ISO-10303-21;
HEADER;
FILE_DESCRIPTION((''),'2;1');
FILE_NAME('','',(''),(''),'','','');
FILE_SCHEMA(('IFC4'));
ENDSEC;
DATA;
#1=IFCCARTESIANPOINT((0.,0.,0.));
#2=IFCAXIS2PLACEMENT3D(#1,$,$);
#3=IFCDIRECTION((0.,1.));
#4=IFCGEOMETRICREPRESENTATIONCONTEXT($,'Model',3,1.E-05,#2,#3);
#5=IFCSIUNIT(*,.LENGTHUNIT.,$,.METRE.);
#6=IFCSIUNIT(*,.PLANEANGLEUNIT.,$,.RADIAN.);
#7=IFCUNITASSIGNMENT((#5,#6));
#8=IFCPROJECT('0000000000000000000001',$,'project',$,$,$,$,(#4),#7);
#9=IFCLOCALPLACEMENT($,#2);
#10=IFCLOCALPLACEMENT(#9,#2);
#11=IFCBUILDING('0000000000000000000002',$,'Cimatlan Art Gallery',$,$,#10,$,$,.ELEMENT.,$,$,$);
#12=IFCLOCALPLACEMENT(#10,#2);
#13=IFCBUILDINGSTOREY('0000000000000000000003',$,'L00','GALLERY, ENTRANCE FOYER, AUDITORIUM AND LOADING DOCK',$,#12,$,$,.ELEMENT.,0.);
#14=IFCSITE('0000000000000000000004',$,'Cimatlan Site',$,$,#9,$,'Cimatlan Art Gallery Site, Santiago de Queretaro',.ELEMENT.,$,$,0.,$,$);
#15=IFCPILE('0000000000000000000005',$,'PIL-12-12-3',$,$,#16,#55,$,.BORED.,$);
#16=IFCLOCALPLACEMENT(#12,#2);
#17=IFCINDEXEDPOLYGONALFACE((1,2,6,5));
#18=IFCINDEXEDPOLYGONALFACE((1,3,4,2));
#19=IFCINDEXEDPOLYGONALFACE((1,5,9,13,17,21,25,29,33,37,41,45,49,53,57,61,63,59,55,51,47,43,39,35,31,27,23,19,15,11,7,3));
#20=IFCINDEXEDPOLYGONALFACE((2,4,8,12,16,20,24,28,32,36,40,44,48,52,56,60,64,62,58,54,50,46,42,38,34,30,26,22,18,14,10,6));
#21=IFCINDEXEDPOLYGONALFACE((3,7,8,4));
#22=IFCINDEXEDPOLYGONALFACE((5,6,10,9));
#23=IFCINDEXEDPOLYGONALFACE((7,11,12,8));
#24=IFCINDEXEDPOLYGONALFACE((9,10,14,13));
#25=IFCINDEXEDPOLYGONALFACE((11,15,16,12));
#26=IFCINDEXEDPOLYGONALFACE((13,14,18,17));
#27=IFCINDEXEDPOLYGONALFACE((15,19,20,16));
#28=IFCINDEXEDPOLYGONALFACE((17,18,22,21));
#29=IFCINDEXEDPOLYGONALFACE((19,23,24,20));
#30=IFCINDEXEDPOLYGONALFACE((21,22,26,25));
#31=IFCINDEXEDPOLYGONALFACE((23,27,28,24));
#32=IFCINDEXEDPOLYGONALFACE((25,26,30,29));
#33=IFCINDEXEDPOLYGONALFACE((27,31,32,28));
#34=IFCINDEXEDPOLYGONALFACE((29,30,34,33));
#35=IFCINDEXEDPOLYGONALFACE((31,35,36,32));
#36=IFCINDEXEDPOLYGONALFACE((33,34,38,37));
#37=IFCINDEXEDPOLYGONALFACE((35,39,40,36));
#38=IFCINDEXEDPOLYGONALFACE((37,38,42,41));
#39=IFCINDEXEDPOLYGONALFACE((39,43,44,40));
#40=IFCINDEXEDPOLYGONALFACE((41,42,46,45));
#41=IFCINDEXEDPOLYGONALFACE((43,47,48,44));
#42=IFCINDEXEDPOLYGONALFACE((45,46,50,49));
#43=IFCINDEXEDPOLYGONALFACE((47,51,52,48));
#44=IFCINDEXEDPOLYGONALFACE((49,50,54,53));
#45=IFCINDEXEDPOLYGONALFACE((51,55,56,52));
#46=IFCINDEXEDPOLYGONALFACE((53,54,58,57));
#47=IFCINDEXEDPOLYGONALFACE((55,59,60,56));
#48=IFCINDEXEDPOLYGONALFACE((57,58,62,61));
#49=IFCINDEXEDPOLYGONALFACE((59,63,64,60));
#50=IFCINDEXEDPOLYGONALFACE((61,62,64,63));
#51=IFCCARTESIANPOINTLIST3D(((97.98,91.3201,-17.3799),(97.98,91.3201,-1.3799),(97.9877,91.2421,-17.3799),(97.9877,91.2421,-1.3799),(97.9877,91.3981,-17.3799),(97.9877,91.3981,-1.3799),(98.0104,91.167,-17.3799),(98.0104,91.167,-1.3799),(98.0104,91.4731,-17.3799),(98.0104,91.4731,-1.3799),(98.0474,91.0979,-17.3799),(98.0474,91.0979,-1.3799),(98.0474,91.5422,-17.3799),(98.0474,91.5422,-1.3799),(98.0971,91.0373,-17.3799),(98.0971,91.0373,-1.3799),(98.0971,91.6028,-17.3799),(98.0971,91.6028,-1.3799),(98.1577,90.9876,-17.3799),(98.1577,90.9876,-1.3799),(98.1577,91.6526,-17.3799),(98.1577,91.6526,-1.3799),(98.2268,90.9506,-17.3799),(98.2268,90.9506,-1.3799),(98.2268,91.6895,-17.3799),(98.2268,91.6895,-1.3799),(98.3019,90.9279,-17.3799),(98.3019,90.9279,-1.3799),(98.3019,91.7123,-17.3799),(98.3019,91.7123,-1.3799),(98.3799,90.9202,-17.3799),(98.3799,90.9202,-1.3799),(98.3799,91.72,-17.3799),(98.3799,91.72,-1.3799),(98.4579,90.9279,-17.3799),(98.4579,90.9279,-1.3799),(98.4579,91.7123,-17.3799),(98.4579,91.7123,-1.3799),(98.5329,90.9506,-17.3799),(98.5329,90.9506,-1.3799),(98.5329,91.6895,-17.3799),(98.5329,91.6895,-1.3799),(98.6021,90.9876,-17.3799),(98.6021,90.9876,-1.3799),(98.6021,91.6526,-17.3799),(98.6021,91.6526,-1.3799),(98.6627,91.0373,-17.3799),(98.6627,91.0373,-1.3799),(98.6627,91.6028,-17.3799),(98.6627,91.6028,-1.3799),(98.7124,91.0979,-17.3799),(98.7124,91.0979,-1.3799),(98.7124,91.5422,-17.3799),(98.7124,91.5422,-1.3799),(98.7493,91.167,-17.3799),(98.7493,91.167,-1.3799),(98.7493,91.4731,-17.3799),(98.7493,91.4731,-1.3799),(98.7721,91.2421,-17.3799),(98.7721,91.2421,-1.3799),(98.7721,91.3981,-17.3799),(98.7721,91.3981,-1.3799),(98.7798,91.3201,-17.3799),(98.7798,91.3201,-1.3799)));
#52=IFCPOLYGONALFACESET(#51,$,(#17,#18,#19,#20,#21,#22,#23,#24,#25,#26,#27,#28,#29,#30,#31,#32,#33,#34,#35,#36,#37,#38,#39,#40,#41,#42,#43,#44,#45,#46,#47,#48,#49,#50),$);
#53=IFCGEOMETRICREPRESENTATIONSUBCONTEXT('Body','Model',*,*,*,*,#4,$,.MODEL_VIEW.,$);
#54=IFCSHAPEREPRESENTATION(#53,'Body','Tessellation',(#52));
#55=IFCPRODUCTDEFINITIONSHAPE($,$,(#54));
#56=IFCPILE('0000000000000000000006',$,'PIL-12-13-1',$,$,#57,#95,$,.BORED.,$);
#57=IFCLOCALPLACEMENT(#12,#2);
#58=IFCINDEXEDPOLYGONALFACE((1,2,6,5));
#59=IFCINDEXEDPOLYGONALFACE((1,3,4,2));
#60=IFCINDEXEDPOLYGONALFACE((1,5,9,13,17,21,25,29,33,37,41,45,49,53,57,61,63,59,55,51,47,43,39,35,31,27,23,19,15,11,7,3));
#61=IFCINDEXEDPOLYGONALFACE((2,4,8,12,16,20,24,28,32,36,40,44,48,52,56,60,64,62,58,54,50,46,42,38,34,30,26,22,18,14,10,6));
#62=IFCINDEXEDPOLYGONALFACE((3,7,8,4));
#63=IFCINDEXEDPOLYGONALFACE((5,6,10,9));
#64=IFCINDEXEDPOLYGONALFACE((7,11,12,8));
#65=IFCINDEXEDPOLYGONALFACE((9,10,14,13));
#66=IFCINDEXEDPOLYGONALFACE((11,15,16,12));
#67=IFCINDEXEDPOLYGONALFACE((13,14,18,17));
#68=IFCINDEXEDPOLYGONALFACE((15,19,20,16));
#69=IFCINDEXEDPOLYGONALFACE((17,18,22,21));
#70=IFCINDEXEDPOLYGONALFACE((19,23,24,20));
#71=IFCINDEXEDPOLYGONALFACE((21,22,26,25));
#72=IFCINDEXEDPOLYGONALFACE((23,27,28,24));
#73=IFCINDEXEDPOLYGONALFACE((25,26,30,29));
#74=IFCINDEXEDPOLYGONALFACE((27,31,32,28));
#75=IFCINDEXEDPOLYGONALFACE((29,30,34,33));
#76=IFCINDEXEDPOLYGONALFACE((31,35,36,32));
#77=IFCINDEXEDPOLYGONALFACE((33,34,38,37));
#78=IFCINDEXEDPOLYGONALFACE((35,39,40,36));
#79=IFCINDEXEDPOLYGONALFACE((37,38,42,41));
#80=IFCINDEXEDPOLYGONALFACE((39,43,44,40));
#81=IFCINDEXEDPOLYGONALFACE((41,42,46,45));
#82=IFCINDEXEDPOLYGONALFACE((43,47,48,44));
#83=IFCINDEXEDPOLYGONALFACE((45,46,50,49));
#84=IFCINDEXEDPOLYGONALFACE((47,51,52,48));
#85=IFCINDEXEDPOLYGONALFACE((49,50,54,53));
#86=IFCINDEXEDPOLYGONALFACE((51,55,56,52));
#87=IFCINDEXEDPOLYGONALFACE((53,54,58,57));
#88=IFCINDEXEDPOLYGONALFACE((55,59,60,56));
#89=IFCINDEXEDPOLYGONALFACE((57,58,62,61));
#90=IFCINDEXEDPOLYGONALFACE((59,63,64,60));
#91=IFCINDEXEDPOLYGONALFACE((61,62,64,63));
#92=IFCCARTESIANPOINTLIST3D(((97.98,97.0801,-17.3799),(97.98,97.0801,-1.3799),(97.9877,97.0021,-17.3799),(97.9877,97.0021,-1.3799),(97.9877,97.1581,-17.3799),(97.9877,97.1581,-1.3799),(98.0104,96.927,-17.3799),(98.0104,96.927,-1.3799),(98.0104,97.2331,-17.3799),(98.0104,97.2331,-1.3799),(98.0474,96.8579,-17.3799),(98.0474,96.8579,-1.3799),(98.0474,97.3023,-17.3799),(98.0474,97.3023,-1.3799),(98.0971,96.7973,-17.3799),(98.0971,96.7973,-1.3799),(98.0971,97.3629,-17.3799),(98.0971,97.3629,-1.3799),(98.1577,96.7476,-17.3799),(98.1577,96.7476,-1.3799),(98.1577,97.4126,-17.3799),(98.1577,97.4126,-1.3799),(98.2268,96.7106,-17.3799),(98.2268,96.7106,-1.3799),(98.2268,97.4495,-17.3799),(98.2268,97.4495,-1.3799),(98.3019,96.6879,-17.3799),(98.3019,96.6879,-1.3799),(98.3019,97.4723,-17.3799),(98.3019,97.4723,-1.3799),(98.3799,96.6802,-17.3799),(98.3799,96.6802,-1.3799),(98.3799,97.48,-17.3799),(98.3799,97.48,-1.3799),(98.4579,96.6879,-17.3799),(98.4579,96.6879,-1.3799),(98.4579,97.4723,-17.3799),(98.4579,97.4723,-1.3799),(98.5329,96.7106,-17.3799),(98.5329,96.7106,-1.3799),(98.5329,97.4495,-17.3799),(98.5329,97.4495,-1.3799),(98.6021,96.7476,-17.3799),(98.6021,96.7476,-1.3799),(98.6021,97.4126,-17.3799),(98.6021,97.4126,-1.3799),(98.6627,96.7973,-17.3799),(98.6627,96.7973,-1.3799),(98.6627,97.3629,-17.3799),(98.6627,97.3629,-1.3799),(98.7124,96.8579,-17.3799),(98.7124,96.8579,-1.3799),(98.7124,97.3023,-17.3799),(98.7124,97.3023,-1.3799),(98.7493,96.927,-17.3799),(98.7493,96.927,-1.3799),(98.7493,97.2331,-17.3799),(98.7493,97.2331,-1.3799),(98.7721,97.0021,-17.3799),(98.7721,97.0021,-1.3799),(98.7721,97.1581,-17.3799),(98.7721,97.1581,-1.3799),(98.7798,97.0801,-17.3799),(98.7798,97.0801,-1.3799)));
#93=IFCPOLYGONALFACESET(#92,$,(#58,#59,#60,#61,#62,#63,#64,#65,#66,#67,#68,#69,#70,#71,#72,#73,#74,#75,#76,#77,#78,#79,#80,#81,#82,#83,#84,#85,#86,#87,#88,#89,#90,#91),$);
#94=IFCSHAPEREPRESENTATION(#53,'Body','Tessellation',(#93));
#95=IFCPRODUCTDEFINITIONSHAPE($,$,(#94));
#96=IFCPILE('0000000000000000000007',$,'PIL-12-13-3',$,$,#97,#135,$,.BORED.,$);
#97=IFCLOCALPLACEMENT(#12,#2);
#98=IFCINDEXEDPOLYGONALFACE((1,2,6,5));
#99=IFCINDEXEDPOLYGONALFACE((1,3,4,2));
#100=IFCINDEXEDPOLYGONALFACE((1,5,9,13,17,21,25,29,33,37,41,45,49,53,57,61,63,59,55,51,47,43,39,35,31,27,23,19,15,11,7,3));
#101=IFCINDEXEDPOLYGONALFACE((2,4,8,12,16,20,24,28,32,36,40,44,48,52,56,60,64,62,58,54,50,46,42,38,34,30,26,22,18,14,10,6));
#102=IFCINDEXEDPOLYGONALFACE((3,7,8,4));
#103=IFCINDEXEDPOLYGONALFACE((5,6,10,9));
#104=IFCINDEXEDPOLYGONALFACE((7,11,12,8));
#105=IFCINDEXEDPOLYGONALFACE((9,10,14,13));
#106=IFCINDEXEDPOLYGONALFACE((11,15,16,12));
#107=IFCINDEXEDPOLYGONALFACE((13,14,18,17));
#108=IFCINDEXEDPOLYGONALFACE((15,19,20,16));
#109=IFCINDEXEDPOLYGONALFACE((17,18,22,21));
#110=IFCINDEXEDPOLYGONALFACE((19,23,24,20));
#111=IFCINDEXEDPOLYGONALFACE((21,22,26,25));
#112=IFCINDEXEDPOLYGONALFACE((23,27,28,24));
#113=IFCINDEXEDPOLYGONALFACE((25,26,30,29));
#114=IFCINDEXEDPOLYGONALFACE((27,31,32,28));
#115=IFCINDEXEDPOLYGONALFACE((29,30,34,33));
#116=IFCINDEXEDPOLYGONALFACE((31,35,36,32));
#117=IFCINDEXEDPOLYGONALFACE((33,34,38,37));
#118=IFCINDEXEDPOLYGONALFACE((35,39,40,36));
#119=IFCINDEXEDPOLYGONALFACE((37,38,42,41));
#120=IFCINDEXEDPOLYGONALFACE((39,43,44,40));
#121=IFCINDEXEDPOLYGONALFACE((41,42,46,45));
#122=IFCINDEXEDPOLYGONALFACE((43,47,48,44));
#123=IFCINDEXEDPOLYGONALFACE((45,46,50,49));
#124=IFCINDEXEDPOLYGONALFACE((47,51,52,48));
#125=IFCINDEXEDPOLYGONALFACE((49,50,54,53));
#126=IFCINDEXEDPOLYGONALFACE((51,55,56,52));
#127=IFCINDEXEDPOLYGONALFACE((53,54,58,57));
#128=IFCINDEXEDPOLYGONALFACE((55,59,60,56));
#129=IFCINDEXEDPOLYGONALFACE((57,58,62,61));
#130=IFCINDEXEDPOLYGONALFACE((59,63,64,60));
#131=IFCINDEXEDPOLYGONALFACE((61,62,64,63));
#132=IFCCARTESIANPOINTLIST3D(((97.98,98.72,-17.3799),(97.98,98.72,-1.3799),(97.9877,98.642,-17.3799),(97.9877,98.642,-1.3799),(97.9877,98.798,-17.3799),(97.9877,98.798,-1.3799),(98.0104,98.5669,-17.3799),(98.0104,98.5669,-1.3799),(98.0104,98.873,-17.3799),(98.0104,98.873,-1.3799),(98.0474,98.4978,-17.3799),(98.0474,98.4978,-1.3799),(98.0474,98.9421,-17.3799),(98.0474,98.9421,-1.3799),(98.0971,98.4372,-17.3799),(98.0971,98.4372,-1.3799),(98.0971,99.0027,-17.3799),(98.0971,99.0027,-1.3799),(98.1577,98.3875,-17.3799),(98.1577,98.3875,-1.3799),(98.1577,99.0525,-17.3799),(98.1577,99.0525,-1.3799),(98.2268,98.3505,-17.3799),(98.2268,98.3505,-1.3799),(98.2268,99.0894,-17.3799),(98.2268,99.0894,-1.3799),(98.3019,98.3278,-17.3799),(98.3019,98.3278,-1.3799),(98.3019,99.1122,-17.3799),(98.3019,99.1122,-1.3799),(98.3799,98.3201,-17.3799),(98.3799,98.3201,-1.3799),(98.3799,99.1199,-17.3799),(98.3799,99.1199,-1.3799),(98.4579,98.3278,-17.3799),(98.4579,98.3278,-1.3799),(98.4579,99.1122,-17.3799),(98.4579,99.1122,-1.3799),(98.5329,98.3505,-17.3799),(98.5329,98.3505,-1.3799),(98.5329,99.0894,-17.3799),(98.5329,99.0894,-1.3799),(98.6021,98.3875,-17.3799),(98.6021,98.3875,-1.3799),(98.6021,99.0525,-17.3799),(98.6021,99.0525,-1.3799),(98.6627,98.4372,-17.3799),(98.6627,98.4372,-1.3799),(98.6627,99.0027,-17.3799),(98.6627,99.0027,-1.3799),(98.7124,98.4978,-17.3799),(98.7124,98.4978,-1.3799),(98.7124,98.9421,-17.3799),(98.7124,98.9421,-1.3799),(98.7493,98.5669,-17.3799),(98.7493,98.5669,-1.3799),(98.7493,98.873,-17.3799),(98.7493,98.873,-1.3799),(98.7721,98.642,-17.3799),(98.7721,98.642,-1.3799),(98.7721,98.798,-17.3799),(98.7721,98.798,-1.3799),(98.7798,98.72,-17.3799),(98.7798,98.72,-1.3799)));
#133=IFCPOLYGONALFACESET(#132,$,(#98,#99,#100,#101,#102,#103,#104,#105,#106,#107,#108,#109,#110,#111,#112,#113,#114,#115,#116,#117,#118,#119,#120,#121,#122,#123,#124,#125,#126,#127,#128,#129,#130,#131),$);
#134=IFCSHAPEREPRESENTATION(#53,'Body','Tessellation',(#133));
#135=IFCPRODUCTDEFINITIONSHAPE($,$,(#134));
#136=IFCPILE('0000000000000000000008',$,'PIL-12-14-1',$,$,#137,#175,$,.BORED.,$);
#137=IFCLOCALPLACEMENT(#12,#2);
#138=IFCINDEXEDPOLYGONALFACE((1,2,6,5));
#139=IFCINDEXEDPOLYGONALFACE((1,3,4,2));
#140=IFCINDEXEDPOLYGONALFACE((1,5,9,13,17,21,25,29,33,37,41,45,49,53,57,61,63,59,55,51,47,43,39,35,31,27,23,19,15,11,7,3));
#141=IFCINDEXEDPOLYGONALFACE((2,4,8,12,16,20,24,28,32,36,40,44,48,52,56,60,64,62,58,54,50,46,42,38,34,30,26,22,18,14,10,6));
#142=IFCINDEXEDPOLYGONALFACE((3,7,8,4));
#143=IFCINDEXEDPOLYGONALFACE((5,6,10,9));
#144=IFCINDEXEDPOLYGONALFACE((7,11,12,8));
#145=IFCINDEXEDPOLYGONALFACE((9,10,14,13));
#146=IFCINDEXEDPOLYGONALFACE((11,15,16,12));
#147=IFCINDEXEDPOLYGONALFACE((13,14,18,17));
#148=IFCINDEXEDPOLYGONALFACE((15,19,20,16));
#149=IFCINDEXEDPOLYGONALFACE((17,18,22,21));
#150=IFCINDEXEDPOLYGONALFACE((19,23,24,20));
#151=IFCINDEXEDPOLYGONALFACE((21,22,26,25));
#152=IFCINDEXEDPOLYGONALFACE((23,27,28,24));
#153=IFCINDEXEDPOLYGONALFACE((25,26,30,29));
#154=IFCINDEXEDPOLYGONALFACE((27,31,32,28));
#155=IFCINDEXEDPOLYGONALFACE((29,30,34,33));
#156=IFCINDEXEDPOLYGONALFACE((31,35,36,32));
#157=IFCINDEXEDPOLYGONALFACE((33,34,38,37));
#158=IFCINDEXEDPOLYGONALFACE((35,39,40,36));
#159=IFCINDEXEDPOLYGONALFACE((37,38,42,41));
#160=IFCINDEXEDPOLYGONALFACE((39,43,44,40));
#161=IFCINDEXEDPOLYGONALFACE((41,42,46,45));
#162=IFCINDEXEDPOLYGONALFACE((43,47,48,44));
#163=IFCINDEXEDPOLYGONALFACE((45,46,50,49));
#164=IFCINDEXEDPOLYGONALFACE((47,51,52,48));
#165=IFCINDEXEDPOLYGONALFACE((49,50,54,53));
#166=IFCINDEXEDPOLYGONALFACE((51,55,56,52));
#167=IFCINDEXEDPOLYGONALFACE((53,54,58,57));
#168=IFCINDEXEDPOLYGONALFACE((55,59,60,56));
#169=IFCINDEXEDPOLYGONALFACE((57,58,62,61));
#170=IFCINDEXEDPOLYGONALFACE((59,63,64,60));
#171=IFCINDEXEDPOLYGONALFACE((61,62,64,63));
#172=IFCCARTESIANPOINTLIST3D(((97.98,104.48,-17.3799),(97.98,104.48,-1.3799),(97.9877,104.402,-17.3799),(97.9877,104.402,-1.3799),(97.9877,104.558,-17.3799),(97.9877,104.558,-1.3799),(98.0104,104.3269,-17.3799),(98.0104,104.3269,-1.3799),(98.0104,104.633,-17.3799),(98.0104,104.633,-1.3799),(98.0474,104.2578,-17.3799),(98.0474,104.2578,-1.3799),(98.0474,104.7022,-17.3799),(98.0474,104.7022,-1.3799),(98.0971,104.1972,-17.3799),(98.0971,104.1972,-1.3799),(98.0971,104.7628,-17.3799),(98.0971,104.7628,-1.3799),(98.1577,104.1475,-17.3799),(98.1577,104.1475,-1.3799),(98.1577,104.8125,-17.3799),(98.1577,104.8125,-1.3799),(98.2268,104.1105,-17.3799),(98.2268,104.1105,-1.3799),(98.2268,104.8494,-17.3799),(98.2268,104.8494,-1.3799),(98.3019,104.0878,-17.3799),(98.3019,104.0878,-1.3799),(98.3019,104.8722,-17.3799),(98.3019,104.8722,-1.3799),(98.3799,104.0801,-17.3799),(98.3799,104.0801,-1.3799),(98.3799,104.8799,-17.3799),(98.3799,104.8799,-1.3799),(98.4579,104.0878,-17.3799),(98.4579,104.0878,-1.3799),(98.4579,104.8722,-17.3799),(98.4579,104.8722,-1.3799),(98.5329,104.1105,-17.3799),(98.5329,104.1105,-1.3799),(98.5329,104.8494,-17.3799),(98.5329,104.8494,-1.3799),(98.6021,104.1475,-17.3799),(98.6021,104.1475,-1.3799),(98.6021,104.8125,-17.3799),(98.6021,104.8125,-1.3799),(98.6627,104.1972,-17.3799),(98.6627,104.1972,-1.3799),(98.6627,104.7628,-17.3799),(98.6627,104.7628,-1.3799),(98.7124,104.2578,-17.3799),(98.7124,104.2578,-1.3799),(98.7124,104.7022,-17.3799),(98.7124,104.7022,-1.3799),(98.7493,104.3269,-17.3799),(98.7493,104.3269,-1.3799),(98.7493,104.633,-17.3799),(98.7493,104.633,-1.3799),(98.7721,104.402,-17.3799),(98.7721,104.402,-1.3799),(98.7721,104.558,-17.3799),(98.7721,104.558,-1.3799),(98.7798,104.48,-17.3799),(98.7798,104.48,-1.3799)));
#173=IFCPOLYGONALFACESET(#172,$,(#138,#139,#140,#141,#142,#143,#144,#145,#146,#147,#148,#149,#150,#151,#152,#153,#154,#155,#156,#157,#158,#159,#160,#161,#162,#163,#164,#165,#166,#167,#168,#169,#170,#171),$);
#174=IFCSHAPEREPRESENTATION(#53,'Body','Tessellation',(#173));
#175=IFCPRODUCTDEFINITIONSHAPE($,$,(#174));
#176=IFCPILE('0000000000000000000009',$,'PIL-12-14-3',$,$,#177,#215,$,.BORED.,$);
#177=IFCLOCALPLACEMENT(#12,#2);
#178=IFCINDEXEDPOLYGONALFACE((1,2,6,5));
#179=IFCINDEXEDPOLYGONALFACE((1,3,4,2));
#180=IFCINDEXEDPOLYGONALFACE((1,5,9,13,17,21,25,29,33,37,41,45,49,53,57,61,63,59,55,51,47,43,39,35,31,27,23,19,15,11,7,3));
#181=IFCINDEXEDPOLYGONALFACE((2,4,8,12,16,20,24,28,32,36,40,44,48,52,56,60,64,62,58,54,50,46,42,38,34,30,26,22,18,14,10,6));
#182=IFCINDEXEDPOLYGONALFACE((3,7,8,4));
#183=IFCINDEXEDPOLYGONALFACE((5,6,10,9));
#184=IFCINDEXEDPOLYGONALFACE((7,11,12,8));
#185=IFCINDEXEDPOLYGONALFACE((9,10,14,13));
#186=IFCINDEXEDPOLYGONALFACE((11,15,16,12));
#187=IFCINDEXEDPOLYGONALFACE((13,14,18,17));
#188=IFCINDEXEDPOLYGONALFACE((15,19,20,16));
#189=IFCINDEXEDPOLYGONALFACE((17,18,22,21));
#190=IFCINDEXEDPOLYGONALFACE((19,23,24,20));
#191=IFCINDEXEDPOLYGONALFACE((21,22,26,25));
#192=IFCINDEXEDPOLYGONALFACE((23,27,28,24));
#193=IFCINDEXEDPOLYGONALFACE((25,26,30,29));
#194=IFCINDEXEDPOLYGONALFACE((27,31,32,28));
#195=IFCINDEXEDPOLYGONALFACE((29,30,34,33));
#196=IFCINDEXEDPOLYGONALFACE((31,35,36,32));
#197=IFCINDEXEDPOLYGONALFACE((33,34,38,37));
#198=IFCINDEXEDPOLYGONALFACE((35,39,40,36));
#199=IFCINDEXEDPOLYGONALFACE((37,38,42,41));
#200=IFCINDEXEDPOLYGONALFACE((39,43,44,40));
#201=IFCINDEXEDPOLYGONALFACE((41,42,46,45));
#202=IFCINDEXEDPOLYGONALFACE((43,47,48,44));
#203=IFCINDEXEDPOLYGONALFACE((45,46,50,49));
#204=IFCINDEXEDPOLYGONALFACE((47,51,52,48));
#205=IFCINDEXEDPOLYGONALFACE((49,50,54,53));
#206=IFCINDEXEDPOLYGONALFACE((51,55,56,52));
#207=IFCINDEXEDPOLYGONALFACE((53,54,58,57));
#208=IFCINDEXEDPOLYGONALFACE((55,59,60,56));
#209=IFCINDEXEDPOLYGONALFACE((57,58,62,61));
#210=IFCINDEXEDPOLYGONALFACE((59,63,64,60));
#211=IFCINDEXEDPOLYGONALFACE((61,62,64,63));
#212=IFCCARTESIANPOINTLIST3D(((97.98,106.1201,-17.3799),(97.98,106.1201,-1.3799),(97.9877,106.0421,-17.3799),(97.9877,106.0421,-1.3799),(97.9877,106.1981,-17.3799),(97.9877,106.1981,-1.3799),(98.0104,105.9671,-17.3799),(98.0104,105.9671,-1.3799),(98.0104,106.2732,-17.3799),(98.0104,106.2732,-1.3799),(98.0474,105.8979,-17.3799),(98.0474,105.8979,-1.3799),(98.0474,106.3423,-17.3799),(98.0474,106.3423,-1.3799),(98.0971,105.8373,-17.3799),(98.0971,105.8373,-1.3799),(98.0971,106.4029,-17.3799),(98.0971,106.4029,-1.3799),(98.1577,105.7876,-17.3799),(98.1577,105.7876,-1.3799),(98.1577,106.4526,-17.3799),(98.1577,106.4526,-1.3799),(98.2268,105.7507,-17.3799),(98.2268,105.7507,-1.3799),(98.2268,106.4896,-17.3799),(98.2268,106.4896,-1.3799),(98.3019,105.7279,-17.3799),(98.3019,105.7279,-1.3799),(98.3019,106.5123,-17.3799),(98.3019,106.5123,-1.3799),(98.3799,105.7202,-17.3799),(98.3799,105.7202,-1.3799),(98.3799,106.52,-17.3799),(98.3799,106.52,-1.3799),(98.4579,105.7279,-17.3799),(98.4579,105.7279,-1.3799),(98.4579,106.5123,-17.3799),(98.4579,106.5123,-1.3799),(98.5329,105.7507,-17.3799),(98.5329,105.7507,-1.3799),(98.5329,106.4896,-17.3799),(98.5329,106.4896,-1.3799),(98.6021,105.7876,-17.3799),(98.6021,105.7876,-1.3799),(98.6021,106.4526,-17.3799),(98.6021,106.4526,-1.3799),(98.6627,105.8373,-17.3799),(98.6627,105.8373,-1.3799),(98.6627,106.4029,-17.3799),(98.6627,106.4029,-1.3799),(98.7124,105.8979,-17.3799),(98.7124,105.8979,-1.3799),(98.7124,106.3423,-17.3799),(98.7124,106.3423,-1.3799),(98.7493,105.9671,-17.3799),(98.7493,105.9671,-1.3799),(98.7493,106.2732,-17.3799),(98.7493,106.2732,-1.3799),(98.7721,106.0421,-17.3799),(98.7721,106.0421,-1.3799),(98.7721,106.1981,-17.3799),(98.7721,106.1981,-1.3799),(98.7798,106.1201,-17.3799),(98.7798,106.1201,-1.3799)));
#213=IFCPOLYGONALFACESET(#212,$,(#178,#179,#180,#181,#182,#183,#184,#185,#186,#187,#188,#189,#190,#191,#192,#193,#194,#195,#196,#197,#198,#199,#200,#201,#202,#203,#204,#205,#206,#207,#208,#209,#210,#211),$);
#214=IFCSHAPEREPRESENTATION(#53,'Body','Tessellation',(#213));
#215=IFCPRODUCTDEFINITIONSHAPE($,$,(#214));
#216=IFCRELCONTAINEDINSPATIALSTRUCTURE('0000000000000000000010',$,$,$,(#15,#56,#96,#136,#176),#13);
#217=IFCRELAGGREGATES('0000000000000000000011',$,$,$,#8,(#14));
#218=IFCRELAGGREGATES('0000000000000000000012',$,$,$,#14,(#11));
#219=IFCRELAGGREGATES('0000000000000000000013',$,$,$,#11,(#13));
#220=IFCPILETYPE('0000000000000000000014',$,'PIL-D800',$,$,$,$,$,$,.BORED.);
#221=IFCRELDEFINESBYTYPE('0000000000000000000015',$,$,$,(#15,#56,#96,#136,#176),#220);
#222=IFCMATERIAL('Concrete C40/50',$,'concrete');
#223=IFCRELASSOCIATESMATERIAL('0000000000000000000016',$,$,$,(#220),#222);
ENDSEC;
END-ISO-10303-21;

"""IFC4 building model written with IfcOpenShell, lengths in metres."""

from ifc_helpers import new_model, si_unit, direction, frame, origin, origin_2d, place, context, subcontext, project, spatial, circle, extrude, material, type_object, element, save


model = new_model("IFC4")

# Units and contexts
model_context = context("Model", 3, precision=1e-05, world=origin(), true_north=direction((0.0, 1.0)))
body_context = subcontext(model_context, "Body", "Model", "MODEL_VIEW")
ifc_project = project(units=[si_unit("LENGTHUNIT", "METRE"), si_unit("PLANEANGLEUNIT", "RADIAN")], contexts=[model_context])

# Site, building, storey
site_placement = place(None, origin())
site = spatial("IfcSite", under=ifc_project, at=site_placement, Name="Cimatlan Site", LongName="Cimatlan Art Gallery Site, Santiago de Queretaro", CompositionType="ELEMENT", RefElevation=0.0)
building_placement = place(site_placement, origin())
building = spatial("IfcBuilding", under=site, at=building_placement, Name="Cimatlan Art Gallery", CompositionType="ELEMENT")
storey_placement = place(building_placement, origin())
storey = spatial("IfcBuildingStorey", under=building, at=storey_placement, Name="L00", Description="GALLERY, ENTRANCE FOYER, AUDITORIUM AND LOADING DOCK", CompositionType="ELEMENT", Elevation=0.0)

# Shared definitions
ifc_material_1 = material(Name="Concrete C40/50", Category="concrete")

# Piles
pile_type = type_object("IfcPileType", Name="PIL-D800", PredefinedType="BORED", material=ifc_material_1)
for number, where, z_axis, x_axis, name in (
    (1, (98.3799, 91.3201, -1.3799), (0.0, 0.0, -1.0), (1.0, 0.0, 0.0), "PIL-12-12-3"),
    (2, (98.3799, 97.0801, -1.3799), (0.0, 0.0, -1.0), (1.0, 0.0, 0.0), "PIL-12-13-1"),
    (3, (98.3799, 98.72, -1.3799), (0.0, 0.0, -1.0), (1.0, 0.0, 0.0), "PIL-12-13-3"),
    (4, (98.3799, 104.48, -1.3799), (0.0, 0.0, -1.0), (1.0, 0.0, 0.0), "PIL-12-14-1"),
    (5, (98.3799, 106.1201, -1.3799), (0.0, 0.0, -1.0), (1.0, 0.0, 0.0), "PIL-12-14-3"),
):
    element("IfcPile", number, at=place(storey_placement, frame(where, z_axis=z_axis, x_axis=x_axis)), inside=storey, type_object=pile_type, Name=name, PredefinedType="BORED", context=body_context, shape_type="SweptSolid", body=[
        extrude(circle(Radius=0.3999, at=origin_2d()), origin(), (0.0, 0.0, 1.0), 16.0),
    ])

save(model, "model.ifc")
